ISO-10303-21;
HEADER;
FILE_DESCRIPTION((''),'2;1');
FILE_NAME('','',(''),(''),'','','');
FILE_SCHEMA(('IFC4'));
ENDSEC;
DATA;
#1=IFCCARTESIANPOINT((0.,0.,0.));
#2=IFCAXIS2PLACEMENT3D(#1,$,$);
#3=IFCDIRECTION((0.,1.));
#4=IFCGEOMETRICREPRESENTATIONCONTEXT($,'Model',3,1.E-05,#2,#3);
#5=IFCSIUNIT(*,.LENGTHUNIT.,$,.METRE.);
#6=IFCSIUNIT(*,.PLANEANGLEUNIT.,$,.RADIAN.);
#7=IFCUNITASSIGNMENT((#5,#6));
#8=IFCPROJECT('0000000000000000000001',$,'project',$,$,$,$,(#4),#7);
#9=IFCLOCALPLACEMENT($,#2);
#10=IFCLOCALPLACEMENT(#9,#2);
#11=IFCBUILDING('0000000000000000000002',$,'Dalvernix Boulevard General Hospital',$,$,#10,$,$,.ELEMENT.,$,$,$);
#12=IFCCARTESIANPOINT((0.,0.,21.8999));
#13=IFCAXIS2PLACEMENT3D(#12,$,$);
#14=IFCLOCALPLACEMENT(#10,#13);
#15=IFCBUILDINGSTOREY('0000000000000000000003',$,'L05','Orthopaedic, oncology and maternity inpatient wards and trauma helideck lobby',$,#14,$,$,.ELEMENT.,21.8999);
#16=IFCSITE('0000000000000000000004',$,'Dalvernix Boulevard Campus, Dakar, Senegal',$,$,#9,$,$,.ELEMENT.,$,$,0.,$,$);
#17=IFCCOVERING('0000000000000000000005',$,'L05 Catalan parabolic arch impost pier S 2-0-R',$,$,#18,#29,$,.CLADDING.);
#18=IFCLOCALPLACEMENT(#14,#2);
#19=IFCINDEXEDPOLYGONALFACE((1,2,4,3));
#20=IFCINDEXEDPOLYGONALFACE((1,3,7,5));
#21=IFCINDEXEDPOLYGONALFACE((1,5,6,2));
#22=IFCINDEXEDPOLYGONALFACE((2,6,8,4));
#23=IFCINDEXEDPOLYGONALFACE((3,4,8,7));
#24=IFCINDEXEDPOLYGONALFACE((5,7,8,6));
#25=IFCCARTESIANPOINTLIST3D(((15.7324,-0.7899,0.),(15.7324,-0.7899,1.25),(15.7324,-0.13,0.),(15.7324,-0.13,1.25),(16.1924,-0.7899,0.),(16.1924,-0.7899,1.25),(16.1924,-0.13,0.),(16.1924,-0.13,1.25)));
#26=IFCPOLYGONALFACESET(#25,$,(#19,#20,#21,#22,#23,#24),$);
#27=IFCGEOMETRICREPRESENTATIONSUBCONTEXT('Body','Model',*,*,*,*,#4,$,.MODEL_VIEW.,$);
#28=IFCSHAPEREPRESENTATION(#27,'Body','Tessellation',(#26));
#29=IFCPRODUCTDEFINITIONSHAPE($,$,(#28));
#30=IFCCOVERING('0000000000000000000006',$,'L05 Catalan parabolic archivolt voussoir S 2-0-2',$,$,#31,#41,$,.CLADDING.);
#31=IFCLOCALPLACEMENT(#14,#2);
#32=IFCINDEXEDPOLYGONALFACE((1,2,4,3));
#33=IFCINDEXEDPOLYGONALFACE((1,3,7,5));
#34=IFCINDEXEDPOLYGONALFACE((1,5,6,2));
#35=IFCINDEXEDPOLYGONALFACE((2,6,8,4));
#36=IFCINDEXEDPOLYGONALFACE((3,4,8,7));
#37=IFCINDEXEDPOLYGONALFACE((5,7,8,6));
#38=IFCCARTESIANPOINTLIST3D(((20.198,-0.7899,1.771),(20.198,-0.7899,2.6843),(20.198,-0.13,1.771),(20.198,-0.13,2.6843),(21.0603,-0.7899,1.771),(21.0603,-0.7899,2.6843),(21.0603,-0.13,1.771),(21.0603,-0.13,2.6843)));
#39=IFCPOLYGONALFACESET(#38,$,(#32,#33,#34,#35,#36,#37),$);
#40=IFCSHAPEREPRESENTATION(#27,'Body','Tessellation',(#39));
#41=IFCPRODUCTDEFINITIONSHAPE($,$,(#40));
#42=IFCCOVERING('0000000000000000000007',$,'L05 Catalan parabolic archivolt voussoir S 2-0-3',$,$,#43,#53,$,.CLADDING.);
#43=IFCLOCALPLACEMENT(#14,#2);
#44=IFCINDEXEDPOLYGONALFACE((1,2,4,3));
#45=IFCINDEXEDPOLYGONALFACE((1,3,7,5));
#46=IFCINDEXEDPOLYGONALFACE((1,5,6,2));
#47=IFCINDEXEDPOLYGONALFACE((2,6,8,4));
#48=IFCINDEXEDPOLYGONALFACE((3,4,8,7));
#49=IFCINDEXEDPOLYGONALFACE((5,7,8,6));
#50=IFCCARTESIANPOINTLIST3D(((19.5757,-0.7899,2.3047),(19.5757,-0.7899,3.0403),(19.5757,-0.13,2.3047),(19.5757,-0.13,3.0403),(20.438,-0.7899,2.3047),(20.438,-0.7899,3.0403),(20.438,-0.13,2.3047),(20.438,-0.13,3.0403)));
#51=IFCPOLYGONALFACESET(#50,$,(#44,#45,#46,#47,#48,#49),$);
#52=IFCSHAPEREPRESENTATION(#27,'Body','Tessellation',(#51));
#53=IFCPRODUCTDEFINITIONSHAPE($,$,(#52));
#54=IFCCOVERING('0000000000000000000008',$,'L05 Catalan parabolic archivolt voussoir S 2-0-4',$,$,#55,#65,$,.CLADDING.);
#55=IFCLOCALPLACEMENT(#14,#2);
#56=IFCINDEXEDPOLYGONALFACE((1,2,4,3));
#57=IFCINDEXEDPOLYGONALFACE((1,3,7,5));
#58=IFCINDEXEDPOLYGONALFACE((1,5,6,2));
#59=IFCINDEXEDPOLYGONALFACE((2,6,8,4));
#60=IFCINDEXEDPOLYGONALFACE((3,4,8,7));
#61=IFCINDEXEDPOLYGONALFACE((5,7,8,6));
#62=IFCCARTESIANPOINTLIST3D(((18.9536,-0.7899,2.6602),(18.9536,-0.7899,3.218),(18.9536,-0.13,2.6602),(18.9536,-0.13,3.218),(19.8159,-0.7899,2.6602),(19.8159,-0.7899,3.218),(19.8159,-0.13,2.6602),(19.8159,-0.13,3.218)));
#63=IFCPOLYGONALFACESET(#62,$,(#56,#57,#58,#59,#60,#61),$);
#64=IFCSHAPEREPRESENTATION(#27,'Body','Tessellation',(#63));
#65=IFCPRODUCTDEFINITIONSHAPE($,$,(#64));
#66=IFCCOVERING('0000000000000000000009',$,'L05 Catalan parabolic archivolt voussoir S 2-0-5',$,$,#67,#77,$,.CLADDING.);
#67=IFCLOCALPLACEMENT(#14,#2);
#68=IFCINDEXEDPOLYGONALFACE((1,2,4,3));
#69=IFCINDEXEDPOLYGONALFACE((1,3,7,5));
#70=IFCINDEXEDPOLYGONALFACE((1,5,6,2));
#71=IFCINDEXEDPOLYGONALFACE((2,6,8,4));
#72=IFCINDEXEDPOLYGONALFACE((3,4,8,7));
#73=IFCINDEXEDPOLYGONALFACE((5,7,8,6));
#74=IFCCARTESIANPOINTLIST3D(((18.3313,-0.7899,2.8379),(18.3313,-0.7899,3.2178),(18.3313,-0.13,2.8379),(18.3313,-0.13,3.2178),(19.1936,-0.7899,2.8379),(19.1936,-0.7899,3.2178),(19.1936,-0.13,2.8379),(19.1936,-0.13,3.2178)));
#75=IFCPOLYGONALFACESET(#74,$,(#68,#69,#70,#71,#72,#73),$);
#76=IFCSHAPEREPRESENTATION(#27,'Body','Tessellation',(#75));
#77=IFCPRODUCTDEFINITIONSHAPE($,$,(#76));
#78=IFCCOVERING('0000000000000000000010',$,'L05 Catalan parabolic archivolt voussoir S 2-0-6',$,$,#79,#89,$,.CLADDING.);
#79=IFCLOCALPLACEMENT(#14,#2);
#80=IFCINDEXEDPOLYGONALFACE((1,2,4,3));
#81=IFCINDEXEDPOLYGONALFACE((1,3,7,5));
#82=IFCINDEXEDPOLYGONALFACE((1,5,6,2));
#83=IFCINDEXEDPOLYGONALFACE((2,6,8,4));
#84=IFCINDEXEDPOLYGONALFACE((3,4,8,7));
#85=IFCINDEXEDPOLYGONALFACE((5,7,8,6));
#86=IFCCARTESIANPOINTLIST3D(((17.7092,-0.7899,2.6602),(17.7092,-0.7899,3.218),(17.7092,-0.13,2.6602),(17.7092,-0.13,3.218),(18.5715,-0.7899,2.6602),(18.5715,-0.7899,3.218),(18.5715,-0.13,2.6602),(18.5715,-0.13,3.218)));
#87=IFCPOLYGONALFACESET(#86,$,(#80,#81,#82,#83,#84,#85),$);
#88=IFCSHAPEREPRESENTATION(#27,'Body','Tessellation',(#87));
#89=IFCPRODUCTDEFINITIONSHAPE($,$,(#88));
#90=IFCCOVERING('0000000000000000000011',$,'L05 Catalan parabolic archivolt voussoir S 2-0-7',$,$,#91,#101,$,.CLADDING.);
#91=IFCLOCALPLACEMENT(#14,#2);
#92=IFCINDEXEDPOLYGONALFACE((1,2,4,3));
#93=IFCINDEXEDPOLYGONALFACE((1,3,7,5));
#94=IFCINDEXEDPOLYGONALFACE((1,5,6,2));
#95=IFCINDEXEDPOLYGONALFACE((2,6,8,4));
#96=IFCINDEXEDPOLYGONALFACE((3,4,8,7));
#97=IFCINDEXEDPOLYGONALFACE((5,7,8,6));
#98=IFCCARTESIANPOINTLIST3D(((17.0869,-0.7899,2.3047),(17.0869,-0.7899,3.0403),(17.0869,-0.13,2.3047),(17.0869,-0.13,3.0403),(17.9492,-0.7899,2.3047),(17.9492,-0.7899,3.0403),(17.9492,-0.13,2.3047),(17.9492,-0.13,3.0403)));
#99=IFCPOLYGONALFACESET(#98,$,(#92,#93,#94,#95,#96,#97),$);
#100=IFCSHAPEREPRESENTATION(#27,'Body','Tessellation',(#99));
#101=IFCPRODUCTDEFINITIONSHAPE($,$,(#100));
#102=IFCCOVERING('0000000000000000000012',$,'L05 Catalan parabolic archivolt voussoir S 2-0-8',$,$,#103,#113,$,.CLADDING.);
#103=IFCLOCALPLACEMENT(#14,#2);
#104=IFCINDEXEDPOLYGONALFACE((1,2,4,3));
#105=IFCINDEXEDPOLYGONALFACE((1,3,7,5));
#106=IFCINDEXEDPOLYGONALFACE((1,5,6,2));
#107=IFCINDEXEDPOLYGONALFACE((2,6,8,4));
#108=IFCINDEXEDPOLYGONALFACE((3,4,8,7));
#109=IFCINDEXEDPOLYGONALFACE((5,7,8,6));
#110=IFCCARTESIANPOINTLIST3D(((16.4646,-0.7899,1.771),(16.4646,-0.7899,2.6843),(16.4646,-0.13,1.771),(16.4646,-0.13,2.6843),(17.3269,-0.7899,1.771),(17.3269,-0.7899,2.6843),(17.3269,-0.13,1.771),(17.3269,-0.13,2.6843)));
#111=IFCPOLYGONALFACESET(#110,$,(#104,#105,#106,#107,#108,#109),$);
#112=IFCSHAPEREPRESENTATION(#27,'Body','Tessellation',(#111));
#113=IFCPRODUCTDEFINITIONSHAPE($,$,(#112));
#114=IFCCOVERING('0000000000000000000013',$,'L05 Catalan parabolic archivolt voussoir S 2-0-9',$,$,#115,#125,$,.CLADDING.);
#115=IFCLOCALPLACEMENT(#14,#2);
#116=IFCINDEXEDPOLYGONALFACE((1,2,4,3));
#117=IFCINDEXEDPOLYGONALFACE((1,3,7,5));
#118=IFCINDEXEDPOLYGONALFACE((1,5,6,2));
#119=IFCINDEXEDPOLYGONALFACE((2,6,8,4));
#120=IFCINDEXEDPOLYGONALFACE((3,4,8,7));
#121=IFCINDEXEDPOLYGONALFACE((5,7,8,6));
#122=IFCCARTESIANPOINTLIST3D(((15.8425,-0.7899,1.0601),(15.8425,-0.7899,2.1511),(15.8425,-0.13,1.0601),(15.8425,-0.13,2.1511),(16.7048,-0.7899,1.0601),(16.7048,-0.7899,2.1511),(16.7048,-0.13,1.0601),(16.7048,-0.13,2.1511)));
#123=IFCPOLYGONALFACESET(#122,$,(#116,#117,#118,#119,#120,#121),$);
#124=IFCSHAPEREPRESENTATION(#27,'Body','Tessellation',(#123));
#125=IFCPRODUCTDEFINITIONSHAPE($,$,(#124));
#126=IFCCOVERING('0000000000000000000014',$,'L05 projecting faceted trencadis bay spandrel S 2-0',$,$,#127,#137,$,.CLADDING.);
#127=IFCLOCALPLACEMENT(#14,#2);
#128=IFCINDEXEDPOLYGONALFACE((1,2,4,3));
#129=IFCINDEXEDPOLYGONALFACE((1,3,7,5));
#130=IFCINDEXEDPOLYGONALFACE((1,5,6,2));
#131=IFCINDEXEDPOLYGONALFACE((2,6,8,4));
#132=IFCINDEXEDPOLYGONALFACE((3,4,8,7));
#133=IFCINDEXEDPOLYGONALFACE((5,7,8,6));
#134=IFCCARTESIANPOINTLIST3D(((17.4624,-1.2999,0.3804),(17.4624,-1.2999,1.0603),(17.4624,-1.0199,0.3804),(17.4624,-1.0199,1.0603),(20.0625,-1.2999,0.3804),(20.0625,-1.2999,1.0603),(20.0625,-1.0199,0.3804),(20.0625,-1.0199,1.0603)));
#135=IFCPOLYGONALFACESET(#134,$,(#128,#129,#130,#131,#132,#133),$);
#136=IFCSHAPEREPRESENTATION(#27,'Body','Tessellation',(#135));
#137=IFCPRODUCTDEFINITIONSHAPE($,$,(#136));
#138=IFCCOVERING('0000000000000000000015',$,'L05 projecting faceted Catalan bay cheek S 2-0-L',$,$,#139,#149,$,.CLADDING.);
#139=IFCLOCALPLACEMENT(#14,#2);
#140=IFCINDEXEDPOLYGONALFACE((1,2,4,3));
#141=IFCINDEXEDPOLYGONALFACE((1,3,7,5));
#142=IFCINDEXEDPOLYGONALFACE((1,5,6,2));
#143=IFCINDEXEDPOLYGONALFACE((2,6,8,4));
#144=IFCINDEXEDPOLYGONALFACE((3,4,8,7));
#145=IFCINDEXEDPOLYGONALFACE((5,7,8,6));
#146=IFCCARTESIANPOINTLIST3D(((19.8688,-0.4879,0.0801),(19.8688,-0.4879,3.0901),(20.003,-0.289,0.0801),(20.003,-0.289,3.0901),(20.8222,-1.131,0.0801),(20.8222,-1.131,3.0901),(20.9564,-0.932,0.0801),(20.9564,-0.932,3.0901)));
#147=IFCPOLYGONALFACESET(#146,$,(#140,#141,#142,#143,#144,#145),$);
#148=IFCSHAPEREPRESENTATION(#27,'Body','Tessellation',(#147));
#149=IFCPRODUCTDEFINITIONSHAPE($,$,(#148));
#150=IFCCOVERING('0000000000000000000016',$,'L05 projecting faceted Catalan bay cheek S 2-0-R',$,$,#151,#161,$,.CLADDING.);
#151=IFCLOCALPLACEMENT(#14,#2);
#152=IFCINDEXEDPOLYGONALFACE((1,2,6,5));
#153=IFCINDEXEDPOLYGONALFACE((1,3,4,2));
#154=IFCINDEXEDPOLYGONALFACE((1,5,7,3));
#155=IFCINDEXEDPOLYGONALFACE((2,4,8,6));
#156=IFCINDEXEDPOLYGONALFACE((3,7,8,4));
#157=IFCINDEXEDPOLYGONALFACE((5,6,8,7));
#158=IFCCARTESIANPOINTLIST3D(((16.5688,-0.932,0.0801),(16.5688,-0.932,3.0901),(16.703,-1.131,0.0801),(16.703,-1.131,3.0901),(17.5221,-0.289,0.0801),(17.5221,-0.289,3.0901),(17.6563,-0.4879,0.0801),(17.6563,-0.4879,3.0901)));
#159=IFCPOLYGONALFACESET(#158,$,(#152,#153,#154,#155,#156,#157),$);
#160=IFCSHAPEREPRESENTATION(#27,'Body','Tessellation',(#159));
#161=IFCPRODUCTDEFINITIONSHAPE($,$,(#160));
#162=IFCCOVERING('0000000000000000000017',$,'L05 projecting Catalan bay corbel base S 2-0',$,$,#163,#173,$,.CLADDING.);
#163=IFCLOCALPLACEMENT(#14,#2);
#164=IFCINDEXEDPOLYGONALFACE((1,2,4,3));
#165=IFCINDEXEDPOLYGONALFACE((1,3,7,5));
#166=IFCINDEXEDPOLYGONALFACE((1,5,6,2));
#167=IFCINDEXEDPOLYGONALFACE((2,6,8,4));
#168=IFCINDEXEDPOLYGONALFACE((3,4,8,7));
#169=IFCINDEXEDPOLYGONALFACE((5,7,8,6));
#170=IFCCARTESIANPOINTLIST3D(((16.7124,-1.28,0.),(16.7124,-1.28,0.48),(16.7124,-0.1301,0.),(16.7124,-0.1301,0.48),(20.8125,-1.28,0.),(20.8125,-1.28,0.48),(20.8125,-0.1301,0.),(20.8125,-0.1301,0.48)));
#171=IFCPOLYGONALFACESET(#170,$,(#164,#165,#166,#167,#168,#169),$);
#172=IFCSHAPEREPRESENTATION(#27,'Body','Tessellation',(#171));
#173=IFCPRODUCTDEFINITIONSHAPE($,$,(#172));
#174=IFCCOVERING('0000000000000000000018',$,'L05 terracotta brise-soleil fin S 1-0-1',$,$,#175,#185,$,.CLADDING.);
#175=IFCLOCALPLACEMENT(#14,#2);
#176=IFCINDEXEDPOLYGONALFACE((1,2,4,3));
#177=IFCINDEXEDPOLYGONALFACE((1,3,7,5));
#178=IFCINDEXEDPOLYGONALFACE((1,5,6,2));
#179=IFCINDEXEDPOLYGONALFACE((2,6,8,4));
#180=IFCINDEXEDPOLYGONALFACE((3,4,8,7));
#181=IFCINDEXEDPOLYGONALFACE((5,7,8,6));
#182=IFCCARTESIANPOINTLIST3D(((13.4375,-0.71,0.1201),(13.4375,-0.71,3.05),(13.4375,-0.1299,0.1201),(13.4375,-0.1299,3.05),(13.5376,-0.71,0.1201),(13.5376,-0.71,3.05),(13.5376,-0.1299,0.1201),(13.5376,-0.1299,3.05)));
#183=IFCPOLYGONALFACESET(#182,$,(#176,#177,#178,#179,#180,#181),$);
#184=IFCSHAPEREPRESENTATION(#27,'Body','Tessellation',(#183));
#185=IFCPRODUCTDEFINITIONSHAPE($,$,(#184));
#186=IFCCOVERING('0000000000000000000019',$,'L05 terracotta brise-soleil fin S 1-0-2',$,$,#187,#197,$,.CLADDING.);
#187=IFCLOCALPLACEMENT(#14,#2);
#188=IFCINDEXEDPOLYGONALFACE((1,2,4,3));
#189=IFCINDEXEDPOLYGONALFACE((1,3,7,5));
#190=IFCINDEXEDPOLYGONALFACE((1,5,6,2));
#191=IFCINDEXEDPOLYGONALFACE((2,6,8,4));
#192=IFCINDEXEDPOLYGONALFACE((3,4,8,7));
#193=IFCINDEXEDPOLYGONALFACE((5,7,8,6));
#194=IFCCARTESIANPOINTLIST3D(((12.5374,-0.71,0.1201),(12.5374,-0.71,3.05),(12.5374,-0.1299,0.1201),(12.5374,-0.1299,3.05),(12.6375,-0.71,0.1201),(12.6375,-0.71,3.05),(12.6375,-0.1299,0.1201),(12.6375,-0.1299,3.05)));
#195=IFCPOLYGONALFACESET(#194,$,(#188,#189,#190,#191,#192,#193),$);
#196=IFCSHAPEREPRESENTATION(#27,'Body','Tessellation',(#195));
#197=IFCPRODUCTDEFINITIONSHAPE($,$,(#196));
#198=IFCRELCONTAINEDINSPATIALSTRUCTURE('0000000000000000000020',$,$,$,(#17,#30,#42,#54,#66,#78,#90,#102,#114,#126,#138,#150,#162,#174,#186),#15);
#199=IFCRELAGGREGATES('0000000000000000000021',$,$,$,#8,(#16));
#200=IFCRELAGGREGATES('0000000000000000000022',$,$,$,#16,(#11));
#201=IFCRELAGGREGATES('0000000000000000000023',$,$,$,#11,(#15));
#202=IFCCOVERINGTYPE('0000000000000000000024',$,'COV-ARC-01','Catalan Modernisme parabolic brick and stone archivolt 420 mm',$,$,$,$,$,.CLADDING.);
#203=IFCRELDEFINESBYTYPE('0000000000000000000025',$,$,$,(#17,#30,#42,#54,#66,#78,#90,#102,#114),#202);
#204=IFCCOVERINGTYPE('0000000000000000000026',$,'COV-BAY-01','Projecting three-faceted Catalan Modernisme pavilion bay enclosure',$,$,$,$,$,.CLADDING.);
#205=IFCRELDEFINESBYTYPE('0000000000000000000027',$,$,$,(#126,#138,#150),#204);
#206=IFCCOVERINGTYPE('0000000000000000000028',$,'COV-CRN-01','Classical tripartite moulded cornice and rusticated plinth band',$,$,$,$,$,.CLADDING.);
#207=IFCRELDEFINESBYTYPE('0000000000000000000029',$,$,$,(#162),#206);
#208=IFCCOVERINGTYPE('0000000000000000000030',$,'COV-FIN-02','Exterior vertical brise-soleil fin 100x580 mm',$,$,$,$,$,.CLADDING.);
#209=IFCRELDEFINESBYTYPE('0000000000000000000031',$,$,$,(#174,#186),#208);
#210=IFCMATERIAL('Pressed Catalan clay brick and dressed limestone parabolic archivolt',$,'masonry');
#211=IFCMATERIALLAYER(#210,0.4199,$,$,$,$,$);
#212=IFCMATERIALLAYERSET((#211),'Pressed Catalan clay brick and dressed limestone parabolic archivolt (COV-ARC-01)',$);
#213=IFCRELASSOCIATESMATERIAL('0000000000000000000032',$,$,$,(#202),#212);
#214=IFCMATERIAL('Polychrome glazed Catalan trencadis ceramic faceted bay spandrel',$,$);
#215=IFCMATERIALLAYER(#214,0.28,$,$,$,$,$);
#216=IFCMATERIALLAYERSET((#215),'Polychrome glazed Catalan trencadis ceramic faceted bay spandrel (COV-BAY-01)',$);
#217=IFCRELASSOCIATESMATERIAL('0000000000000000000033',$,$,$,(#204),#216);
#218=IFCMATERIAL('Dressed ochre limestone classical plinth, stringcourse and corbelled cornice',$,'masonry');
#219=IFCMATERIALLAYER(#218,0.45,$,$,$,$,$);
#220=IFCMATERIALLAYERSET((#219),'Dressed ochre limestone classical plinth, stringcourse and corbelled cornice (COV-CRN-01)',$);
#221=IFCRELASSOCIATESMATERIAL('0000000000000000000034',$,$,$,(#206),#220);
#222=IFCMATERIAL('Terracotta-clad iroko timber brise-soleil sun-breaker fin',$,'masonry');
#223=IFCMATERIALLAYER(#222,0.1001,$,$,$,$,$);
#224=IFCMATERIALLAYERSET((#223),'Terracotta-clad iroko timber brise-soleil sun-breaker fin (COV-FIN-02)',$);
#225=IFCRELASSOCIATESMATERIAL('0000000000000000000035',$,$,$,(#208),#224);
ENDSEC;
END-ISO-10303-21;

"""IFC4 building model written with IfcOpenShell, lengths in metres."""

from ifc_helpers import new_model, si_unit, direction, frame, origin, origin_2d, place, context, subcontext, project, spatial, rectangle, extrude, material, layer, layer_set, type_object, element, save


model = new_model("IFC4")

# Units and contexts
model_context = context("Model", 3, precision=1e-05, world=origin(), true_north=direction((0.0, 1.0)))
body_context = subcontext(model_context, "Body", "Model", "MODEL_VIEW")
ifc_project = project(units=[si_unit("LENGTHUNIT", "METRE"), si_unit("PLANEANGLEUNIT", "RADIAN")], contexts=[model_context])

# Site, building, storey
site_placement = place(None, origin())
site = spatial("IfcSite", under=ifc_project, at=site_placement, Name="Dalvernix Boulevard Campus, Dakar, Senegal", CompositionType="ELEMENT", RefElevation=0.0)
building_placement = place(site_placement, origin())
building = spatial("IfcBuilding", under=site, at=building_placement, Name="Dalvernix Boulevard General Hospital", CompositionType="ELEMENT")
storey_placement = place(building_placement, frame((0.0, 0.0, 21.8999)))
storey = spatial("IfcBuildingStorey", under=building, at=storey_placement, Name="L05", Description="Orthopaedic, oncology and maternity inpatient wards and trauma helideck lobby", CompositionType="ELEMENT", Elevation=21.8999)

# Coverings
ifc_material_1 = material(Name="Pressed Catalan clay brick and dressed limestone parabolic archivolt", Category="masonry")
ifc_layer_1 = layer(ifc_material_1, 0.4199)
ifc_layer_set_1 = layer_set([ifc_layer_1], Name="Pressed Catalan clay brick and dressed limestone parabolic archivolt (COV-ARC-01)")
covering_type_1 = type_object("IfcCoveringType", Name="COV-ARC-01", Description="Catalan Modernisme parabolic brick and stone archivolt 420 mm", PredefinedType="CLADDING", material=ifc_layer_set_1)
covering_1_placement = place(storey_placement, frame((15.9624, -0.46, 0.0), z_axis=(0.0, 0.0, 1.0), x_axis=(-1.0, 0.0, 0.0)))
element("IfcCovering", 1, at=covering_1_placement, inside=storey, type_object=covering_type_1, Name="L05 Catalan parabolic arch impost pier S 2-0-R", PredefinedType="CLADDING", context=body_context, shape_type="SweptSolid", body=[
    extrude(rectangle(XDim=0.46, YDim=0.6599, at=origin_2d()), origin(), (0.0, 0.0, 1.0), 1.25),
])
covering_2_placement = place(storey_placement, frame((20.6292, -0.46, 1.771), z_axis=(0.0, 0.0, 1.0), x_axis=(-1.0, 0.0, 0.0)))
element("IfcCovering", 2, at=covering_2_placement, inside=storey, type_object=covering_type_1, Name="L05 Catalan parabolic archivolt voussoir S 2-0-2", PredefinedType="CLADDING", context=body_context, shape_type="SweptSolid", body=[
    extrude(rectangle(XDim=0.8623, YDim=0.6599, at=origin_2d()), origin(), (0.0, 0.0, 1.0), 0.9133),
])
covering_3_placement = place(storey_placement, frame((20.0068, -0.46, 2.3047), z_axis=(0.0, 0.0, 1.0), x_axis=(-1.0, 0.0, 0.0)))
element("IfcCovering", 3, at=covering_3_placement, inside=storey, type_object=covering_type_1, Name="L05 Catalan parabolic archivolt voussoir S 2-0-3", PredefinedType="CLADDING", context=body_context, shape_type="SweptSolid", body=[
    extrude(rectangle(XDim=0.8623, YDim=0.6599, at=origin_2d()), origin(), (0.0, 0.0, 1.0), 0.7356),
])
covering_4_placement = place(storey_placement, frame((19.3848, -0.46, 2.6602), z_axis=(0.0, 0.0, 1.0), x_axis=(-1.0, 0.0, 0.0)))
element("IfcCovering", 4, at=covering_4_placement, inside=storey, type_object=covering_type_1, Name="L05 Catalan parabolic archivolt voussoir S 2-0-4", PredefinedType="CLADDING", context=body_context, shape_type="SweptSolid", body=[
    extrude(rectangle(XDim=0.8623, YDim=0.6599, at=origin_2d()), origin(), (0.0, 0.0, 1.0), 0.5579),
])
covering_5_placement = place(storey_placement, frame((18.7625, -0.46, 2.8379), z_axis=(0.0, 0.0, 1.0), x_axis=(-1.0, 0.0, 0.0)))
element("IfcCovering", 5, at=covering_5_placement, inside=storey, type_object=covering_type_1, Name="L05 Catalan parabolic archivolt voussoir S 2-0-5", PredefinedType="CLADDING", context=body_context, shape_type="SweptSolid", body=[
    extrude(rectangle(XDim=0.8623, YDim=0.6599, at=origin_2d()), origin(), (0.0, 0.0, 1.0), 0.3799),
])
covering_6_placement = place(storey_placement, frame((18.1404, -0.46, 2.6602), z_axis=(0.0, 0.0, 1.0), x_axis=(-1.0, 0.0, 0.0)))
element("IfcCovering", 6, at=covering_6_placement, inside=storey, type_object=covering_type_1, Name="L05 Catalan parabolic archivolt voussoir S 2-0-6", PredefinedType="CLADDING", context=body_context, shape_type="SweptSolid", body=[
    extrude(rectangle(XDim=0.8623, YDim=0.6599, at=origin_2d()), origin(), (0.0, 0.0, 1.0), 0.5579),
])
covering_7_placement = place(storey_placement, frame((17.5181, -0.46, 2.3047), z_axis=(0.0, 0.0, 1.0), x_axis=(-1.0, 0.0, 0.0)))
element("IfcCovering", 7, at=covering_7_placement, inside=storey, type_object=covering_type_1, Name="L05 Catalan parabolic archivolt voussoir S 2-0-7", PredefinedType="CLADDING", context=body_context, shape_type="SweptSolid", body=[
    extrude(rectangle(XDim=0.8623, YDim=0.6599, at=origin_2d()), origin(), (0.0, 0.0, 1.0), 0.7356),
])
covering_8_placement = place(storey_placement, frame((16.8958, -0.46, 1.771), z_axis=(0.0, 0.0, 1.0), x_axis=(-1.0, 0.0, 0.0)))
element("IfcCovering", 8, at=covering_8_placement, inside=storey, type_object=covering_type_1, Name="L05 Catalan parabolic archivolt voussoir S 2-0-8", PredefinedType="CLADDING", context=body_context, shape_type="SweptSolid", body=[
    extrude(rectangle(XDim=0.8623, YDim=0.6599, at=origin_2d()), origin(), (0.0, 0.0, 1.0), 0.9133),
])
covering_9_placement = place(storey_placement, frame((16.2737, -0.46, 1.0601), z_axis=(0.0, 0.0, 1.0), x_axis=(-1.0, 0.0, 0.0)))
element("IfcCovering", 9, at=covering_9_placement, inside=storey, type_object=covering_type_1, Name="L05 Catalan parabolic archivolt voussoir S 2-0-9", PredefinedType="CLADDING", context=body_context, shape_type="SweptSolid", body=[
    extrude(rectangle(XDim=0.8623, YDim=0.6599, at=origin_2d()), origin(), (0.0, 0.0, 1.0), 1.0911),
])
ifc_material_2 = material(Name="Polychrome glazed Catalan trencadis ceramic faceted bay spandrel")
ifc_layer_2 = layer(ifc_material_2, 0.28)
ifc_layer_set_2 = layer_set([ifc_layer_2], Name="Polychrome glazed Catalan trencadis ceramic faceted bay spandrel (COV-BAY-01)")
covering_type_2 = type_object("IfcCoveringType", Name="COV-BAY-01", Description="Projecting three-faceted Catalan Modernisme pavilion bay enclosure", PredefinedType="CLADDING", material=ifc_layer_set_2)
covering_10_placement = place(storey_placement, frame((18.7625, -1.1599, 0.3804), z_axis=(0.0, 0.0, 1.0), x_axis=(-1.0, 0.0, 0.0)))
element("IfcCovering", 10, at=covering_10_placement, inside=storey, type_object=covering_type_2, Name="L05 projecting faceted trencadis bay spandrel S 2-0", PredefinedType="CLADDING", context=body_context, shape_type="SweptSolid", body=[
    extrude(rectangle(XDim=2.6001, YDim=0.28, at=origin_2d()), origin(), (0.0, 0.0, 1.0), 0.6799),
])
for number, where, z_axis, x_axis, name in (
    (11, (20.4126, -0.71, 0.0801), (0.0, 0.0, 1.0), (-0.829038, 0.559193, 0.0), "L05 projecting faceted Catalan bay cheek S 2-0-L"),
    (12, (17.1125, -0.71, 0.0801), (0.0, 0.0, 1.0), (-0.829038, -0.559193, 0.0), "L05 projecting faceted Catalan bay cheek S 2-0-R"),
):
    element("IfcCovering", number, at=place(storey_placement, frame(where, z_axis=z_axis, x_axis=x_axis)), inside=storey, type_object=covering_type_2, Name=name, PredefinedType="CLADDING", context=body_context, shape_type="SweptSolid", body=[
        extrude(rectangle(XDim=1.1499, YDim=0.24, at=origin_2d()), origin(), (0.0, 0.0, 1.0), 3.01),
    ])
ifc_material_3 = material(Name="Dressed ochre limestone classical plinth, stringcourse and corbelled cornice", Category="masonry")
ifc_layer_3 = layer(ifc_material_3, 0.45)
ifc_layer_set_3 = layer_set([ifc_layer_3], Name="Dressed ochre limestone classical plinth, stringcourse and corbelled cornice (COV-CRN-01)")
covering_type_3 = type_object("IfcCoveringType", Name="COV-CRN-01", Description="Classical tripartite moulded cornice and rusticated plinth band", PredefinedType="CLADDING", material=ifc_layer_set_3)
covering_11_placement = place(storey_placement, frame((18.7625, -0.7051, 0.0), z_axis=(0.0, 0.0, 1.0), x_axis=(-1.0, 0.0, 0.0)))
element("IfcCovering", 13, at=covering_11_placement, inside=storey, type_object=covering_type_3, Name="L05 projecting Catalan bay corbel base S 2-0", PredefinedType="CLADDING", context=body_context, shape_type="SweptSolid", body=[
    extrude(rectangle(XDim=4.1001, YDim=1.1499, at=origin_2d()), origin(), (0.0, 0.0, 1.0), 0.48),
])
ifc_material_4 = material(Name="Terracotta-clad iroko timber brise-soleil sun-breaker fin", Category="masonry")
ifc_layer_4 = layer(ifc_material_4, 0.1001)
ifc_layer_set_4 = layer_set([ifc_layer_4], Name="Terracotta-clad iroko timber brise-soleil sun-breaker fin (COV-FIN-02)")
covering_type_4 = type_object("IfcCoveringType", Name="COV-FIN-02", Description="Exterior vertical brise-soleil fin 100x580 mm", PredefinedType="CLADDING", material=ifc_layer_set_4)
for number, where, z_axis, x_axis, name in (
    (14, (13.4875, -0.4199, 0.1201), (0.0, 0.0, 1.0), (-1.0, 0.0, 0.0), "L05 terracotta brise-soleil fin S 1-0-1"),
    (15, (12.5874, -0.4199, 0.1201), (0.0, 0.0, 1.0), (-1.0, 0.0, 0.0), "L05 terracotta brise-soleil fin S 1-0-2"),
):
    element("IfcCovering", number, at=place(storey_placement, frame(where, z_axis=z_axis, x_axis=x_axis)), inside=storey, type_object=covering_type_4, Name=name, PredefinedType="CLADDING", context=body_context, shape_type="SweptSolid", body=[
        extrude(rectangle(XDim=0.1001, YDim=0.5801, at=origin_2d()), origin(), (0.0, 0.0, 1.0), 2.9299),
    ])

save(model, "model.ifc")
